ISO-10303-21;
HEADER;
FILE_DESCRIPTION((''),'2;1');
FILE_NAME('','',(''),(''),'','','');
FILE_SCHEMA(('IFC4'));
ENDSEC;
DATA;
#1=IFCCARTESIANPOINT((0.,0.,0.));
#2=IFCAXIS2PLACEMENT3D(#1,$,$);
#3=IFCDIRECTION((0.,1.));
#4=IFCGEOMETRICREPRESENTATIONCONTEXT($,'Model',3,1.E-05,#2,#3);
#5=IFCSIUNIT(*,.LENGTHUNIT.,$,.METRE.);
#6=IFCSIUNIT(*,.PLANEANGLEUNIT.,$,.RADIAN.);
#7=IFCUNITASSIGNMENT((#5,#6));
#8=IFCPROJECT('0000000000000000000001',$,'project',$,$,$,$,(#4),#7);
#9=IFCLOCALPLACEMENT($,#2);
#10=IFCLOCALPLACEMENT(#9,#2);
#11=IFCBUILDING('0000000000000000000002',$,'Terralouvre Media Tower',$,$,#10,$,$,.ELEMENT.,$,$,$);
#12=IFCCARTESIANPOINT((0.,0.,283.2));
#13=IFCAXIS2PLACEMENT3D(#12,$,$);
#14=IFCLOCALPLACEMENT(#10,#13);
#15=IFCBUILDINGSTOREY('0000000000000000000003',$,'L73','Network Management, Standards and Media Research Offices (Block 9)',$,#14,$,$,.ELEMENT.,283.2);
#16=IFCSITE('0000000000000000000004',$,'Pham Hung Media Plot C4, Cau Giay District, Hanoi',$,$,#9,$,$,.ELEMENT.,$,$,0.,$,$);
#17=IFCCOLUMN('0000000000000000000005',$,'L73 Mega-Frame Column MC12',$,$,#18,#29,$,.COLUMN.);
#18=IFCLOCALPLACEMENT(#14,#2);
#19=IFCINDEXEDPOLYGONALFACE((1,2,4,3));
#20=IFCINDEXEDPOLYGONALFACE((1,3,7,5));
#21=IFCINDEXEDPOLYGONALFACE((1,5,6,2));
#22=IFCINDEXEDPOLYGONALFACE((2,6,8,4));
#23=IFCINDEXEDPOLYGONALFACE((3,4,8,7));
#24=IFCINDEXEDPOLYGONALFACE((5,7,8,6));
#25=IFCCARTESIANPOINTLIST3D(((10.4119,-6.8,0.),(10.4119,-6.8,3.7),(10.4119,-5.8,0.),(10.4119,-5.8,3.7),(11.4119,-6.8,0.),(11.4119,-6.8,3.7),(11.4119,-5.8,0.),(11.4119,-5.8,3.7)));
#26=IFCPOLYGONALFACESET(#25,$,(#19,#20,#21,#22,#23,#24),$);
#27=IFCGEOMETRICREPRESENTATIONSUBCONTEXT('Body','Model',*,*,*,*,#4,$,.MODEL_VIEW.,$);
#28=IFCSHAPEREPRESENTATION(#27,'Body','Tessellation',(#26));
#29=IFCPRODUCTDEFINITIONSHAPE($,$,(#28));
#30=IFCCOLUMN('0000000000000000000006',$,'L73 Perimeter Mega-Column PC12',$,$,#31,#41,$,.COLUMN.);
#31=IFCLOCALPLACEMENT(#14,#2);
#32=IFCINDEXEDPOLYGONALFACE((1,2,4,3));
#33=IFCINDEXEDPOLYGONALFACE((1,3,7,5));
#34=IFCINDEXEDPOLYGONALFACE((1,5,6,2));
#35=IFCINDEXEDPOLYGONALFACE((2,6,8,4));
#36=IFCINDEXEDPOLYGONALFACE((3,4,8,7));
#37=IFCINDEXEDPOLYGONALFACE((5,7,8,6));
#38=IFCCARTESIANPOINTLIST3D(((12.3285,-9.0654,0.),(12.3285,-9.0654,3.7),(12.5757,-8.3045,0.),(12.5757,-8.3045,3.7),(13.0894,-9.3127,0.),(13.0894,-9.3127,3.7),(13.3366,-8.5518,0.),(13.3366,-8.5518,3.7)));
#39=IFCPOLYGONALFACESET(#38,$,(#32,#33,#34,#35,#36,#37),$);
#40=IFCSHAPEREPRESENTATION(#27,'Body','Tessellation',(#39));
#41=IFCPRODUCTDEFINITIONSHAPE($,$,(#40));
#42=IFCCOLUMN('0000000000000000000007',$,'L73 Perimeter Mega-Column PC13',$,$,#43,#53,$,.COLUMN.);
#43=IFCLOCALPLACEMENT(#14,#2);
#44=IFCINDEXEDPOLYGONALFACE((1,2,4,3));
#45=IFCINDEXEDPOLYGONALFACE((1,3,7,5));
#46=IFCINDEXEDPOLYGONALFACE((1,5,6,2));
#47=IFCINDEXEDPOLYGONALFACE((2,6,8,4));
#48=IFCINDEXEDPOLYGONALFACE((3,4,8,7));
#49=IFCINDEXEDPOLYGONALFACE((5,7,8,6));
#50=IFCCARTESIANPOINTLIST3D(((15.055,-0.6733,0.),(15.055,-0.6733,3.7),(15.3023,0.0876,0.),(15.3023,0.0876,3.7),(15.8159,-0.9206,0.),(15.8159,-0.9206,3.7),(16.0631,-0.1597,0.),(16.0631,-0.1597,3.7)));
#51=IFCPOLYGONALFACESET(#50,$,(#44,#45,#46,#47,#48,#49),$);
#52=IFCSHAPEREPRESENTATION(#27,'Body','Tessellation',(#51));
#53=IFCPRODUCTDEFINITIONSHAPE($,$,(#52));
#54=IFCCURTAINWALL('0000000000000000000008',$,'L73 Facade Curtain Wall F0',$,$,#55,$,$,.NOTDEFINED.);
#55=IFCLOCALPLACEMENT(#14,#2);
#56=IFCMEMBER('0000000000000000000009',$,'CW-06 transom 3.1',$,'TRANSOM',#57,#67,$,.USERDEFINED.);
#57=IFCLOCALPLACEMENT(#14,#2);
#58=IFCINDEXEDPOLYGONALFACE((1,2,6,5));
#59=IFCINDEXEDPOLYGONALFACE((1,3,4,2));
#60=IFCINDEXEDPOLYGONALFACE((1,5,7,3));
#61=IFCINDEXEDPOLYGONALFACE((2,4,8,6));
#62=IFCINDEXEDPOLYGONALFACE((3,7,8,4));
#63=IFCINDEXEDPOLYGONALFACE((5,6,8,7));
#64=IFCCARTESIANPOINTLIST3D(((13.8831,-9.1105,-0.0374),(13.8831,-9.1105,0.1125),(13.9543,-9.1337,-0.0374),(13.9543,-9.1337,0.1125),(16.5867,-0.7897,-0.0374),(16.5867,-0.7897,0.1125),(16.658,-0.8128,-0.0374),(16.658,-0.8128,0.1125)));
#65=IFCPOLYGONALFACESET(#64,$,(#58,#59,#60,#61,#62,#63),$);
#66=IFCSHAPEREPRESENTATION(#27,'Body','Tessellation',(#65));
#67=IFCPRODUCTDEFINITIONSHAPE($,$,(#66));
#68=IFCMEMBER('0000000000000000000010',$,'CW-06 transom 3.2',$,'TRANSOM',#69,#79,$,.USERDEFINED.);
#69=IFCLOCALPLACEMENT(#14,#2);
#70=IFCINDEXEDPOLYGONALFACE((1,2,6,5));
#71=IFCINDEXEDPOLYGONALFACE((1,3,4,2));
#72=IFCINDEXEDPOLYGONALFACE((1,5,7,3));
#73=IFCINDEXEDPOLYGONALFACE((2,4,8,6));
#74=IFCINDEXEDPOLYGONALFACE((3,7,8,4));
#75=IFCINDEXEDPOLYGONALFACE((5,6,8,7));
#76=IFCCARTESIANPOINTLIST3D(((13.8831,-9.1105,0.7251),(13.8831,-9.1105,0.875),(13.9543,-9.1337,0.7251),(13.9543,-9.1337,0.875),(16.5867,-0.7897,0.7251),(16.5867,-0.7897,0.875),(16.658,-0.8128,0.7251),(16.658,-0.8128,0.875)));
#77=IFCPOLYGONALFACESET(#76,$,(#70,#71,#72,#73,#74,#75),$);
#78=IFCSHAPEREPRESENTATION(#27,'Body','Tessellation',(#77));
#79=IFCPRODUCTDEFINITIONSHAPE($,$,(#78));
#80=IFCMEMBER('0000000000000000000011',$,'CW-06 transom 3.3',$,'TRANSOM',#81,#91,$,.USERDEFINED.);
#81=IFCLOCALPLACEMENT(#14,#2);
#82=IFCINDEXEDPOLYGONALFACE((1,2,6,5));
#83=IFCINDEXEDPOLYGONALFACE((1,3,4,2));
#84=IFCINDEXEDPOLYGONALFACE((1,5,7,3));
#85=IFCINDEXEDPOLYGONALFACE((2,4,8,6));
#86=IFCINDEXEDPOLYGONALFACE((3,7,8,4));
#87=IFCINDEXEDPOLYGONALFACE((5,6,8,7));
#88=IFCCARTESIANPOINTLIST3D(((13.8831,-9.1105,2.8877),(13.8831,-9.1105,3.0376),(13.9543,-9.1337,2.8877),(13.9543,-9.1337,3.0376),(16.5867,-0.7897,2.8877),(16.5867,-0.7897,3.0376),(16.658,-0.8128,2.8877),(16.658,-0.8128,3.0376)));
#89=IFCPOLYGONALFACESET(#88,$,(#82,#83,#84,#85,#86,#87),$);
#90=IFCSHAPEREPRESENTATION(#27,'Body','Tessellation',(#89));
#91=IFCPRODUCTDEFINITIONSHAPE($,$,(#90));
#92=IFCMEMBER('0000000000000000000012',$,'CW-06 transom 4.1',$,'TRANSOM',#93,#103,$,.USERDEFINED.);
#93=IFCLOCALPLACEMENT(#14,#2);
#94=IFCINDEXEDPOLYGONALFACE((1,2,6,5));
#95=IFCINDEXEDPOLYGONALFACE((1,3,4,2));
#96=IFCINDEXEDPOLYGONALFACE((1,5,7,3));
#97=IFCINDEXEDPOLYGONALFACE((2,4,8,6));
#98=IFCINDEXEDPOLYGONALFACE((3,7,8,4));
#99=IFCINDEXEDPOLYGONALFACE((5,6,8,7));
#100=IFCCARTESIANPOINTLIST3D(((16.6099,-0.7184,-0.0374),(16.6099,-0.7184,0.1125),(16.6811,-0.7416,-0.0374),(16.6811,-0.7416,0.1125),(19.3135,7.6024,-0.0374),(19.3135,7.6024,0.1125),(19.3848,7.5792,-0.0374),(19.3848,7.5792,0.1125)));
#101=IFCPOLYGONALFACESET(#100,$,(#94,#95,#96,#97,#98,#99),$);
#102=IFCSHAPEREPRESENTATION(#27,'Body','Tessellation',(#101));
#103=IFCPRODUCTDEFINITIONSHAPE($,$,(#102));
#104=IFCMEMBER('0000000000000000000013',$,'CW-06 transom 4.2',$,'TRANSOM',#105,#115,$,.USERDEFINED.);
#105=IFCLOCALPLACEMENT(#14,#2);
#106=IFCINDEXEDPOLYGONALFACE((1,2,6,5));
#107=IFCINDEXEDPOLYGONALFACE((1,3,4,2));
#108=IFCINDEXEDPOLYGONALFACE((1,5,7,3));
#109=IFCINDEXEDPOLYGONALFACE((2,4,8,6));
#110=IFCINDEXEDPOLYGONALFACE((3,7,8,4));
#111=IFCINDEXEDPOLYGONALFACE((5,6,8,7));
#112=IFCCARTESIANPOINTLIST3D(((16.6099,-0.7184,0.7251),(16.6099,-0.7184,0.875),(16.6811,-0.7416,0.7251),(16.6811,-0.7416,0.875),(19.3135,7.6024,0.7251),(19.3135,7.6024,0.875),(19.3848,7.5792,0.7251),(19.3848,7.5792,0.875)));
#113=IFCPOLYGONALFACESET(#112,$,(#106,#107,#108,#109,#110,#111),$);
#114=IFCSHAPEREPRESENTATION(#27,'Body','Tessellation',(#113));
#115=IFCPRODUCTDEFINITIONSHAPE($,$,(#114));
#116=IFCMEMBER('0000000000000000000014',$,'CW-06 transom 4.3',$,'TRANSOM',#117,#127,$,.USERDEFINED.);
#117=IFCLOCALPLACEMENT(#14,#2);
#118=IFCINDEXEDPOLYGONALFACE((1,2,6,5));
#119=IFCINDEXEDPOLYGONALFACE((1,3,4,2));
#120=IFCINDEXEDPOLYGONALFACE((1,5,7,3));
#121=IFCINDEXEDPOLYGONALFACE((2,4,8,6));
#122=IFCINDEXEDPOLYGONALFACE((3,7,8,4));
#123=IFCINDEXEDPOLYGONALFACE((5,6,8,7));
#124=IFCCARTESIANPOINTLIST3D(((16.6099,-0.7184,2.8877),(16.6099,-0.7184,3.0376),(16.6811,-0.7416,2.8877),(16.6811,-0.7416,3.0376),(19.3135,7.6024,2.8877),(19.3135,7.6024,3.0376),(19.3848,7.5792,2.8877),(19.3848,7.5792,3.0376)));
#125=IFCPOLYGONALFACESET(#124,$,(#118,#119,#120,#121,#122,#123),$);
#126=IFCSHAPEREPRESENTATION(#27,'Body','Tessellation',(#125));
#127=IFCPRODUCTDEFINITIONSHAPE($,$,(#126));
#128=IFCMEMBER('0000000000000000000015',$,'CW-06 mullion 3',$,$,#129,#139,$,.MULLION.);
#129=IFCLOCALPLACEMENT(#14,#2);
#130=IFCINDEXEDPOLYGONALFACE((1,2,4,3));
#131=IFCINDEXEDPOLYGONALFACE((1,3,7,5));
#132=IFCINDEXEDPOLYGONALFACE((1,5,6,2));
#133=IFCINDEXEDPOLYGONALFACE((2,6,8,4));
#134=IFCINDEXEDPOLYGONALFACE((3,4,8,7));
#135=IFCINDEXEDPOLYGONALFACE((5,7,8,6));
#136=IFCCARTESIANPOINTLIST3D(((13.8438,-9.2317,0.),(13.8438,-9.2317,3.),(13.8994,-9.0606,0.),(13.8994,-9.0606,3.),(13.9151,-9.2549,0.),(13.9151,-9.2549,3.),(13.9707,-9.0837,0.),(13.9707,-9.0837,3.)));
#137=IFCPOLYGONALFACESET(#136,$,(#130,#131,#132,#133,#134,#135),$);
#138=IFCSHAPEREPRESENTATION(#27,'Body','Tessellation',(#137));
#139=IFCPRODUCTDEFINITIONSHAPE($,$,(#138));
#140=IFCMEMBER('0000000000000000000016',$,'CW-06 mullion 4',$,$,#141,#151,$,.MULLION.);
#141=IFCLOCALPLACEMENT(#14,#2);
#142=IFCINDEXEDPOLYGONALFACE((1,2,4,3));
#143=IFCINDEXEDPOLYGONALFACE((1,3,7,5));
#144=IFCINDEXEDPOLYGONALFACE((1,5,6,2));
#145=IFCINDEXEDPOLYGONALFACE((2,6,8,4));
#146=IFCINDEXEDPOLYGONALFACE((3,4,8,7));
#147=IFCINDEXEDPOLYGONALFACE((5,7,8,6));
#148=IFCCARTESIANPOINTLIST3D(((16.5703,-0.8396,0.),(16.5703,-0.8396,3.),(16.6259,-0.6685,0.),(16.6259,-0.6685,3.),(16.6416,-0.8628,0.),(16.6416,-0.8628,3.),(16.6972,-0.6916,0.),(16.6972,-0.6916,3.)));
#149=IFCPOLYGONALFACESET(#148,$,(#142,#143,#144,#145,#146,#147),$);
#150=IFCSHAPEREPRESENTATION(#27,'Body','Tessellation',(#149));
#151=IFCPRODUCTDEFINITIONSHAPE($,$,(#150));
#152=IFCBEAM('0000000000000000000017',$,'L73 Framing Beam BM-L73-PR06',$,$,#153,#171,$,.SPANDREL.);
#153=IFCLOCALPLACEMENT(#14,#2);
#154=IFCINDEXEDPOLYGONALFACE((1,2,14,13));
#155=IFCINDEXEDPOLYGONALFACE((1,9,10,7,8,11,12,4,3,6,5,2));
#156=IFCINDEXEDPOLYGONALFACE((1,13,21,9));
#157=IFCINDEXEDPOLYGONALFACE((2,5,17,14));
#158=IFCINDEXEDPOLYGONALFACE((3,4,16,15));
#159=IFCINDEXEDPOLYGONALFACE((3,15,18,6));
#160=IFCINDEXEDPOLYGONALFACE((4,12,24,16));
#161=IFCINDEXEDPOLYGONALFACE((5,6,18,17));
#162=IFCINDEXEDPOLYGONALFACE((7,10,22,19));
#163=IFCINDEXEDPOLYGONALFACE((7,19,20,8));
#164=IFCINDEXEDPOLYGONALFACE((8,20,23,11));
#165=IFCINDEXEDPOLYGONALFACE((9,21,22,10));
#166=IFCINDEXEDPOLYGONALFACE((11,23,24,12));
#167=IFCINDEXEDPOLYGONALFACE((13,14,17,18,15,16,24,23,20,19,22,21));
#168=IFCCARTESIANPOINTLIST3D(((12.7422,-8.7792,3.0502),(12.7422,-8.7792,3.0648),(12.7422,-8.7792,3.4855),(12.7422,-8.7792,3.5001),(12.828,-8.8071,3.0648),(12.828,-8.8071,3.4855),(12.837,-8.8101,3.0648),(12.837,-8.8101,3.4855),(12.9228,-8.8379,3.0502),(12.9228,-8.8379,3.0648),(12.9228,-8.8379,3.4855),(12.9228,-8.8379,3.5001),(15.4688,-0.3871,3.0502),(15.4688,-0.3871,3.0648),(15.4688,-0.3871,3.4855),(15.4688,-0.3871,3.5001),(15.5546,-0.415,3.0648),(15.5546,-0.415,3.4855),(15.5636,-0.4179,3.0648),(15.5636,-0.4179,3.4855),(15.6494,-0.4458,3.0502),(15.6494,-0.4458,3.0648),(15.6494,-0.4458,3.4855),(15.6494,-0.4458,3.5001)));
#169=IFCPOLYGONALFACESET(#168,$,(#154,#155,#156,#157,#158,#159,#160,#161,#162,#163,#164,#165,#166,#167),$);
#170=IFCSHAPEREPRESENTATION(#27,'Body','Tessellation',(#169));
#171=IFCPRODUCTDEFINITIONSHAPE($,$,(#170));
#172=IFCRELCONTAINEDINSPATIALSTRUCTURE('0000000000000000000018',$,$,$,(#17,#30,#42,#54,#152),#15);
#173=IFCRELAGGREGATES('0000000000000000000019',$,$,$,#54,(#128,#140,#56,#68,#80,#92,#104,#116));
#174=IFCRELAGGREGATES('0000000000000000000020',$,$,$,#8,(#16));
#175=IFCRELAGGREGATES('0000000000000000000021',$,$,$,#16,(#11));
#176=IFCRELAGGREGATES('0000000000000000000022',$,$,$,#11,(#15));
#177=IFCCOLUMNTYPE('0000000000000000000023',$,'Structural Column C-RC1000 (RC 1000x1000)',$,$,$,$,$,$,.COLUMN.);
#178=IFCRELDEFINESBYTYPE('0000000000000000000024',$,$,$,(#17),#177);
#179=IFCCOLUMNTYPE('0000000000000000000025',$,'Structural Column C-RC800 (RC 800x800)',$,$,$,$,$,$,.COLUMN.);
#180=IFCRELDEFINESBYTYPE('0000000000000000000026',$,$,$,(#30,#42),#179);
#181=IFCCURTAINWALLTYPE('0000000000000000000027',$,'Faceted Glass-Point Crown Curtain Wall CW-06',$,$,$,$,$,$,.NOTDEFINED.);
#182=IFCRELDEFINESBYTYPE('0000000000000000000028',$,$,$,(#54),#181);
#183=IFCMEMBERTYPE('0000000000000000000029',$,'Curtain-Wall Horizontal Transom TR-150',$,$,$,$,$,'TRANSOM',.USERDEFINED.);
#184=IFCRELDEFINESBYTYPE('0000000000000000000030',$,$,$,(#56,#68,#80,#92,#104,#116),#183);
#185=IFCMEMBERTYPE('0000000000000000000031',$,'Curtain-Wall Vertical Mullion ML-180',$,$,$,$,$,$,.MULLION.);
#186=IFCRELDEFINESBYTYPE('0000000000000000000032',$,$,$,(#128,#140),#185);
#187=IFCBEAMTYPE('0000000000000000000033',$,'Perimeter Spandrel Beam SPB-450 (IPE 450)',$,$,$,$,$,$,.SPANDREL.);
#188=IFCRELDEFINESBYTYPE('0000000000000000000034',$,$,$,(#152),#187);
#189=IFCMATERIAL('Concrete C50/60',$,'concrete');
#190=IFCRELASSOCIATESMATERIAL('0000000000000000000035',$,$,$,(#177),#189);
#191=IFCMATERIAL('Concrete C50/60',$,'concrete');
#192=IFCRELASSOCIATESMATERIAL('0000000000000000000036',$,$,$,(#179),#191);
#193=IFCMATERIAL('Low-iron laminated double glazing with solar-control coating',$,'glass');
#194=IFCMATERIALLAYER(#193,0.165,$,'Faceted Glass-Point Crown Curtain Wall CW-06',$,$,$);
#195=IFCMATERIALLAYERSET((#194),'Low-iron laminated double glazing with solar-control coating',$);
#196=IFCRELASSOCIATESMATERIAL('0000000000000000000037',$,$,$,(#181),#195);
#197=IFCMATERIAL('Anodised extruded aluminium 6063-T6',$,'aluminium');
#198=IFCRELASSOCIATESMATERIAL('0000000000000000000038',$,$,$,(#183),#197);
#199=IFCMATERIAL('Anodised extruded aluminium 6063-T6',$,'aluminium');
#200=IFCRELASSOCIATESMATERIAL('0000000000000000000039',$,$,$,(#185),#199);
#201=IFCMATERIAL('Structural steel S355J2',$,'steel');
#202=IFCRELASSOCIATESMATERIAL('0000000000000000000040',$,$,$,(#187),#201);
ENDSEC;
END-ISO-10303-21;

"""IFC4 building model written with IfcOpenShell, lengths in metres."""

from ifc_helpers import new_model, si_unit, direction, frame, origin, origin_2d, place, context, subcontext, project, spatial, rectangle, i_section, extrude, material, layer, layer_set, material_profile, profile_set, type_object, element, aggregate, save


model = new_model("IFC4")

# Units and contexts
model_context = context("Model", 3, precision=1e-05, world=origin(), true_north=direction((0.0, 1.0)))
body_context = subcontext(model_context, "Body", "Model", "MODEL_VIEW")
ifc_project = project(units=[si_unit("LENGTHUNIT", "METRE"), si_unit("PLANEANGLEUNIT", "RADIAN")], contexts=[model_context])

# Site, building, storey
site_placement = place(None, origin())
site = spatial("IfcSite", under=ifc_project, at=site_placement, Name="Pham Hung Media Plot C4, Cau Giay District, Hanoi", CompositionType="ELEMENT", RefElevation=0.0)
building_placement = place(site_placement, origin())
building = spatial("IfcBuilding", under=site, at=building_placement, Name="Terralouvre Media Tower", CompositionType="ELEMENT")
storey_placement = place(building_placement, frame((0.0, 0.0, 283.2)))
storey = spatial("IfcBuildingStorey", under=building, at=storey_placement, Name="L73", Description="Network Management, Standards and Media Research Offices (Block 9)", CompositionType="ELEMENT", Elevation=283.2)

# Columns
ifc_material_1 = material(Name="Concrete C50/60", Category="concrete")
ifc_material_profile_1 = material_profile(ifc_material_1, rectangle(XDim=1.0, YDim=1.0, at=origin_2d()), Name="RC 1000x1000")
ifc_profile_set_1 = profile_set([ifc_material_profile_1], Name="Concrete C50/60")
column_type_1 = type_object("IfcColumnType", Name="Structural Column C-RC1000 (RC 1000x1000)", PredefinedType="COLUMN", material=ifc_profile_set_1)
column_placement = place(storey_placement, frame((10.9119, -6.3, 0.0), z_axis=(0.0, 0.0, 1.0), x_axis=(1.0, 0.0, 0.0)))
element("IfcColumn", 1, at=column_placement, inside=storey, type_object=column_type_1, Name="L73 Mega-Frame Column MC12", PredefinedType="COLUMN", context=body_context, shape_type="SweptSolid", body=[
    extrude(rectangle(XDim=1.0, YDim=1.0, at=origin_2d()), origin(), (0.0, 0.0, 1.0), 3.7),
])
ifc_material_2 = material(Name="Concrete C50/60", Category="concrete")
ifc_material_profile_2 = material_profile(ifc_material_2, rectangle(XDim=0.8, YDim=0.8, at=origin_2d()), Name="RC 800x800")
ifc_profile_set_2 = profile_set([ifc_material_profile_2], Name="Concrete C50/60")
column_type_2 = type_object("IfcColumnType", Name="Structural Column C-RC800 (RC 800x800)", PredefinedType="COLUMN", material=ifc_profile_set_2)
for number, where, z_axis, x_axis, name in (
    (2, (12.8325, -8.8086, 0.0), (0.0, 0.0, 1.0), (0.309017, 0.951057, 0.0), "L73 Perimeter Mega-Column PC12"),
    (3, (15.5591, -0.4165, 0.0), (0.0, 0.0, 1.0), (0.309017, 0.951057, 0.0), "L73 Perimeter Mega-Column PC13"),
):
    element("IfcColumn", number, at=place(storey_placement, frame(where, z_axis=z_axis, x_axis=x_axis)), inside=storey, type_object=column_type_2, Name=name, PredefinedType="COLUMN", context=body_context, shape_type="SweptSolid", body=[
        extrude(rectangle(XDim=0.8, YDim=0.8, at=origin_2d()), origin(), (0.0, 0.0, 1.0), 3.7),
    ])

# Curtain wall, members
ifc_material_3 = material(Name="Low-iron laminated double glazing with solar-control coating", Category="glass")
ifc_layer_1 = layer(ifc_material_3, 0.165, Name="Faceted Glass-Point Crown Curtain Wall CW-06")
ifc_layer_set_1 = layer_set([ifc_layer_1], Name="Low-iron laminated double glazing with solar-control coating")
curtain_wall_type = type_object("IfcCurtainWallType", Name="Faceted Glass-Point Crown Curtain Wall CW-06", PredefinedType="NOTDEFINED", material=ifc_layer_set_1)
curtain_wall_placement = place(storey_placement, origin())
curtain_wall = element("IfcCurtainWall", 4, at=curtain_wall_placement, inside=storey, type_object=curtain_wall_type, Name="L73 Facade Curtain Wall F0", PredefinedType="NOTDEFINED")
ifc_material_4 = material(Name="Anodised extruded aluminium 6063-T6", Category="aluminium")
ifc_material_profile_3 = material_profile(ifc_material_4, rectangle(XDim=0.075, YDim=0.1499, at=origin_2d()), Name="ALU 75x150")
ifc_profile_set_3 = profile_set([ifc_material_profile_3], Name="Anodised extruded aluminium 6063-T6")
member_type_1 = type_object("IfcMemberType", Name="Curtain-Wall Horizontal Transom TR-150", ElementType="TRANSOM", PredefinedType="USERDEFINED", material=ifc_profile_set_3)
member_1_placement = place(storey_placement, frame((13.9187, -9.1221, 0.0376), z_axis=(0.309019, 0.951056, 0.0), x_axis=(-0.951056, 0.309019, 0.0)))
member_1 = element("IfcMember", 5, at=member_1_placement, type_object=member_type_1, Name="CW-06 transom 3.1", ObjectType="TRANSOM", PredefinedType="USERDEFINED", context=body_context, shape_type="SweptSolid", body=[
    extrude(rectangle(XDim=0.075, YDim=0.1499, at=origin_2d()), origin(), (0.0, 0.0, 1.0), 8.749),
])
member_2_placement = place(storey_placement, frame((13.9187, -9.1221, 0.8), z_axis=(0.309019, 0.951056, 0.0), x_axis=(-0.951056, 0.309019, 0.0)))
member_2 = element("IfcMember", 6, at=member_2_placement, type_object=member_type_1, Name="CW-06 transom 3.2", ObjectType="TRANSOM", PredefinedType="USERDEFINED", context=body_context, shape_type="SweptSolid", body=[
    extrude(rectangle(XDim=0.075, YDim=0.1499, at=origin_2d()), origin(), (0.0, 0.0, 1.0), 8.749),
])
member_3_placement = place(storey_placement, frame((13.9187, -9.1221, 2.9626), z_axis=(0.309019, 0.951056, 0.0), x_axis=(-0.951056, 0.309019, 0.0)))
member_3 = element("IfcMember", 7, at=member_3_placement, type_object=member_type_1, Name="CW-06 transom 3.3", ObjectType="TRANSOM", PredefinedType="USERDEFINED", context=body_context, shape_type="SweptSolid", body=[
    extrude(rectangle(XDim=0.075, YDim=0.1499, at=origin_2d()), origin(), (0.0, 0.0, 1.0), 8.749),
])
member_4_placement = place(storey_placement, frame((16.6455, -0.73, 0.0376), z_axis=(0.309019, 0.951056, 0.0), x_axis=(-0.951056, 0.309019, 0.0)))
member_4 = element("IfcMember", 8, at=member_4_placement, type_object=member_type_1, Name="CW-06 transom 4.1", ObjectType="TRANSOM", PredefinedType="USERDEFINED", context=body_context, shape_type="SweptSolid", body=[
    extrude(rectangle(XDim=0.075, YDim=0.1499, at=origin_2d()), origin(), (0.0, 0.0, 1.0), 8.749),
])
member_5_placement = place(storey_placement, frame((16.6455, -0.73, 0.8), z_axis=(0.309019, 0.951056, 0.0), x_axis=(-0.951056, 0.309019, 0.0)))
member_5 = element("IfcMember", 9, at=member_5_placement, type_object=member_type_1, Name="CW-06 transom 4.2", ObjectType="TRANSOM", PredefinedType="USERDEFINED", context=body_context, shape_type="SweptSolid", body=[
    extrude(rectangle(XDim=0.075, YDim=0.1499, at=origin_2d()), origin(), (0.0, 0.0, 1.0), 8.749),
])
member_6_placement = place(storey_placement, frame((16.6455, -0.73, 2.9626), z_axis=(0.309019, 0.951056, 0.0), x_axis=(-0.951056, 0.309019, 0.0)))
member_6 = element("IfcMember", 10, at=member_6_placement, type_object=member_type_1, Name="CW-06 transom 4.3", ObjectType="TRANSOM", PredefinedType="USERDEFINED", context=body_context, shape_type="SweptSolid", body=[
    extrude(rectangle(XDim=0.075, YDim=0.1499, at=origin_2d()), origin(), (0.0, 0.0, 1.0), 8.749),
])
ifc_material_5 = material(Name="Anodised extruded aluminium 6063-T6", Category="aluminium")
ifc_material_profile_4 = material_profile(ifc_material_5, rectangle(XDim=0.075, YDim=0.1799, at=origin_2d()), Name="ALU 75x180")
ifc_profile_set_4 = profile_set([ifc_material_profile_4], Name="Anodised extruded aluminium 6063-T6")
member_type_2 = type_object("IfcMemberType", Name="Curtain-Wall Vertical Mullion ML-180", PredefinedType="MULLION", material=ifc_profile_set_4)
member_7_placement = place(storey_placement, frame((13.9072, -9.1577, 0.0), z_axis=(0.0, 0.0, 1.0), x_axis=(-0.951057, 0.309017, 0.0)))
member_7 = element("IfcMember", 11, at=member_7_placement, type_object=member_type_2, Name="CW-06 mullion 3", PredefinedType="MULLION", context=body_context, shape_type="SweptSolid", body=[
    extrude(rectangle(XDim=0.075, YDim=0.1799, at=origin_2d()), origin(), (0.0, 0.0, 1.0), 3.0),
])
member_8_placement = place(storey_placement, frame((16.6338, -0.7656, 0.0), z_axis=(0.0, 0.0, 1.0), x_axis=(-0.951057, 0.309017, 0.0)))
member_8 = element("IfcMember", 12, at=member_8_placement, type_object=member_type_2, Name="CW-06 mullion 4", PredefinedType="MULLION", context=body_context, shape_type="SweptSolid", body=[
    extrude(rectangle(XDim=0.075, YDim=0.1799, at=origin_2d()), origin(), (0.0, 0.0, 1.0), 3.0),
])

# Beam
ifc_material_6 = material(Name="Structural steel S355J2", Category="steel")
ifc_material_profile_5 = material_profile(ifc_material_6, i_section(OverallWidth=0.1899, OverallDepth=0.45, WebThickness=0.0095, FlangeThickness=0.0146, at=origin_2d()), Name="IPE 450")
ifc_profile_set_5 = profile_set([ifc_material_profile_5], Name="Structural steel S355J2")
beam_type_1 = type_object("IfcBeamType", Name="Perimeter Spandrel Beam SPB-450 (IPE 450)", PredefinedType="SPANDREL", material=ifc_profile_set_5)
beam_1_placement = place(storey_placement, frame((12.8325, -8.8086, 3.2751), z_axis=(0.308997, 0.951063, 0.0), x_axis=(-0.951063, 0.308997, 0.0)))
element("IfcBeam", 13, at=beam_1_placement, inside=storey, type_object=beam_type_1, Name="L73 Framing Beam BM-L73-PR06", PredefinedType="SPANDREL", context=body_context, shape_type="SweptSolid", body=[
    extrude(i_section(OverallWidth=0.1899, OverallDepth=0.45, WebThickness=0.0095, FlangeThickness=0.0146, at=origin_2d()), origin(), (0.0, 0.0, 1.0), 8.824),
])

aggregate(curtain_wall, [member_7, member_8, member_1, member_2, member_3, member_4, member_5, member_6])

save(model, "model.ifc")
